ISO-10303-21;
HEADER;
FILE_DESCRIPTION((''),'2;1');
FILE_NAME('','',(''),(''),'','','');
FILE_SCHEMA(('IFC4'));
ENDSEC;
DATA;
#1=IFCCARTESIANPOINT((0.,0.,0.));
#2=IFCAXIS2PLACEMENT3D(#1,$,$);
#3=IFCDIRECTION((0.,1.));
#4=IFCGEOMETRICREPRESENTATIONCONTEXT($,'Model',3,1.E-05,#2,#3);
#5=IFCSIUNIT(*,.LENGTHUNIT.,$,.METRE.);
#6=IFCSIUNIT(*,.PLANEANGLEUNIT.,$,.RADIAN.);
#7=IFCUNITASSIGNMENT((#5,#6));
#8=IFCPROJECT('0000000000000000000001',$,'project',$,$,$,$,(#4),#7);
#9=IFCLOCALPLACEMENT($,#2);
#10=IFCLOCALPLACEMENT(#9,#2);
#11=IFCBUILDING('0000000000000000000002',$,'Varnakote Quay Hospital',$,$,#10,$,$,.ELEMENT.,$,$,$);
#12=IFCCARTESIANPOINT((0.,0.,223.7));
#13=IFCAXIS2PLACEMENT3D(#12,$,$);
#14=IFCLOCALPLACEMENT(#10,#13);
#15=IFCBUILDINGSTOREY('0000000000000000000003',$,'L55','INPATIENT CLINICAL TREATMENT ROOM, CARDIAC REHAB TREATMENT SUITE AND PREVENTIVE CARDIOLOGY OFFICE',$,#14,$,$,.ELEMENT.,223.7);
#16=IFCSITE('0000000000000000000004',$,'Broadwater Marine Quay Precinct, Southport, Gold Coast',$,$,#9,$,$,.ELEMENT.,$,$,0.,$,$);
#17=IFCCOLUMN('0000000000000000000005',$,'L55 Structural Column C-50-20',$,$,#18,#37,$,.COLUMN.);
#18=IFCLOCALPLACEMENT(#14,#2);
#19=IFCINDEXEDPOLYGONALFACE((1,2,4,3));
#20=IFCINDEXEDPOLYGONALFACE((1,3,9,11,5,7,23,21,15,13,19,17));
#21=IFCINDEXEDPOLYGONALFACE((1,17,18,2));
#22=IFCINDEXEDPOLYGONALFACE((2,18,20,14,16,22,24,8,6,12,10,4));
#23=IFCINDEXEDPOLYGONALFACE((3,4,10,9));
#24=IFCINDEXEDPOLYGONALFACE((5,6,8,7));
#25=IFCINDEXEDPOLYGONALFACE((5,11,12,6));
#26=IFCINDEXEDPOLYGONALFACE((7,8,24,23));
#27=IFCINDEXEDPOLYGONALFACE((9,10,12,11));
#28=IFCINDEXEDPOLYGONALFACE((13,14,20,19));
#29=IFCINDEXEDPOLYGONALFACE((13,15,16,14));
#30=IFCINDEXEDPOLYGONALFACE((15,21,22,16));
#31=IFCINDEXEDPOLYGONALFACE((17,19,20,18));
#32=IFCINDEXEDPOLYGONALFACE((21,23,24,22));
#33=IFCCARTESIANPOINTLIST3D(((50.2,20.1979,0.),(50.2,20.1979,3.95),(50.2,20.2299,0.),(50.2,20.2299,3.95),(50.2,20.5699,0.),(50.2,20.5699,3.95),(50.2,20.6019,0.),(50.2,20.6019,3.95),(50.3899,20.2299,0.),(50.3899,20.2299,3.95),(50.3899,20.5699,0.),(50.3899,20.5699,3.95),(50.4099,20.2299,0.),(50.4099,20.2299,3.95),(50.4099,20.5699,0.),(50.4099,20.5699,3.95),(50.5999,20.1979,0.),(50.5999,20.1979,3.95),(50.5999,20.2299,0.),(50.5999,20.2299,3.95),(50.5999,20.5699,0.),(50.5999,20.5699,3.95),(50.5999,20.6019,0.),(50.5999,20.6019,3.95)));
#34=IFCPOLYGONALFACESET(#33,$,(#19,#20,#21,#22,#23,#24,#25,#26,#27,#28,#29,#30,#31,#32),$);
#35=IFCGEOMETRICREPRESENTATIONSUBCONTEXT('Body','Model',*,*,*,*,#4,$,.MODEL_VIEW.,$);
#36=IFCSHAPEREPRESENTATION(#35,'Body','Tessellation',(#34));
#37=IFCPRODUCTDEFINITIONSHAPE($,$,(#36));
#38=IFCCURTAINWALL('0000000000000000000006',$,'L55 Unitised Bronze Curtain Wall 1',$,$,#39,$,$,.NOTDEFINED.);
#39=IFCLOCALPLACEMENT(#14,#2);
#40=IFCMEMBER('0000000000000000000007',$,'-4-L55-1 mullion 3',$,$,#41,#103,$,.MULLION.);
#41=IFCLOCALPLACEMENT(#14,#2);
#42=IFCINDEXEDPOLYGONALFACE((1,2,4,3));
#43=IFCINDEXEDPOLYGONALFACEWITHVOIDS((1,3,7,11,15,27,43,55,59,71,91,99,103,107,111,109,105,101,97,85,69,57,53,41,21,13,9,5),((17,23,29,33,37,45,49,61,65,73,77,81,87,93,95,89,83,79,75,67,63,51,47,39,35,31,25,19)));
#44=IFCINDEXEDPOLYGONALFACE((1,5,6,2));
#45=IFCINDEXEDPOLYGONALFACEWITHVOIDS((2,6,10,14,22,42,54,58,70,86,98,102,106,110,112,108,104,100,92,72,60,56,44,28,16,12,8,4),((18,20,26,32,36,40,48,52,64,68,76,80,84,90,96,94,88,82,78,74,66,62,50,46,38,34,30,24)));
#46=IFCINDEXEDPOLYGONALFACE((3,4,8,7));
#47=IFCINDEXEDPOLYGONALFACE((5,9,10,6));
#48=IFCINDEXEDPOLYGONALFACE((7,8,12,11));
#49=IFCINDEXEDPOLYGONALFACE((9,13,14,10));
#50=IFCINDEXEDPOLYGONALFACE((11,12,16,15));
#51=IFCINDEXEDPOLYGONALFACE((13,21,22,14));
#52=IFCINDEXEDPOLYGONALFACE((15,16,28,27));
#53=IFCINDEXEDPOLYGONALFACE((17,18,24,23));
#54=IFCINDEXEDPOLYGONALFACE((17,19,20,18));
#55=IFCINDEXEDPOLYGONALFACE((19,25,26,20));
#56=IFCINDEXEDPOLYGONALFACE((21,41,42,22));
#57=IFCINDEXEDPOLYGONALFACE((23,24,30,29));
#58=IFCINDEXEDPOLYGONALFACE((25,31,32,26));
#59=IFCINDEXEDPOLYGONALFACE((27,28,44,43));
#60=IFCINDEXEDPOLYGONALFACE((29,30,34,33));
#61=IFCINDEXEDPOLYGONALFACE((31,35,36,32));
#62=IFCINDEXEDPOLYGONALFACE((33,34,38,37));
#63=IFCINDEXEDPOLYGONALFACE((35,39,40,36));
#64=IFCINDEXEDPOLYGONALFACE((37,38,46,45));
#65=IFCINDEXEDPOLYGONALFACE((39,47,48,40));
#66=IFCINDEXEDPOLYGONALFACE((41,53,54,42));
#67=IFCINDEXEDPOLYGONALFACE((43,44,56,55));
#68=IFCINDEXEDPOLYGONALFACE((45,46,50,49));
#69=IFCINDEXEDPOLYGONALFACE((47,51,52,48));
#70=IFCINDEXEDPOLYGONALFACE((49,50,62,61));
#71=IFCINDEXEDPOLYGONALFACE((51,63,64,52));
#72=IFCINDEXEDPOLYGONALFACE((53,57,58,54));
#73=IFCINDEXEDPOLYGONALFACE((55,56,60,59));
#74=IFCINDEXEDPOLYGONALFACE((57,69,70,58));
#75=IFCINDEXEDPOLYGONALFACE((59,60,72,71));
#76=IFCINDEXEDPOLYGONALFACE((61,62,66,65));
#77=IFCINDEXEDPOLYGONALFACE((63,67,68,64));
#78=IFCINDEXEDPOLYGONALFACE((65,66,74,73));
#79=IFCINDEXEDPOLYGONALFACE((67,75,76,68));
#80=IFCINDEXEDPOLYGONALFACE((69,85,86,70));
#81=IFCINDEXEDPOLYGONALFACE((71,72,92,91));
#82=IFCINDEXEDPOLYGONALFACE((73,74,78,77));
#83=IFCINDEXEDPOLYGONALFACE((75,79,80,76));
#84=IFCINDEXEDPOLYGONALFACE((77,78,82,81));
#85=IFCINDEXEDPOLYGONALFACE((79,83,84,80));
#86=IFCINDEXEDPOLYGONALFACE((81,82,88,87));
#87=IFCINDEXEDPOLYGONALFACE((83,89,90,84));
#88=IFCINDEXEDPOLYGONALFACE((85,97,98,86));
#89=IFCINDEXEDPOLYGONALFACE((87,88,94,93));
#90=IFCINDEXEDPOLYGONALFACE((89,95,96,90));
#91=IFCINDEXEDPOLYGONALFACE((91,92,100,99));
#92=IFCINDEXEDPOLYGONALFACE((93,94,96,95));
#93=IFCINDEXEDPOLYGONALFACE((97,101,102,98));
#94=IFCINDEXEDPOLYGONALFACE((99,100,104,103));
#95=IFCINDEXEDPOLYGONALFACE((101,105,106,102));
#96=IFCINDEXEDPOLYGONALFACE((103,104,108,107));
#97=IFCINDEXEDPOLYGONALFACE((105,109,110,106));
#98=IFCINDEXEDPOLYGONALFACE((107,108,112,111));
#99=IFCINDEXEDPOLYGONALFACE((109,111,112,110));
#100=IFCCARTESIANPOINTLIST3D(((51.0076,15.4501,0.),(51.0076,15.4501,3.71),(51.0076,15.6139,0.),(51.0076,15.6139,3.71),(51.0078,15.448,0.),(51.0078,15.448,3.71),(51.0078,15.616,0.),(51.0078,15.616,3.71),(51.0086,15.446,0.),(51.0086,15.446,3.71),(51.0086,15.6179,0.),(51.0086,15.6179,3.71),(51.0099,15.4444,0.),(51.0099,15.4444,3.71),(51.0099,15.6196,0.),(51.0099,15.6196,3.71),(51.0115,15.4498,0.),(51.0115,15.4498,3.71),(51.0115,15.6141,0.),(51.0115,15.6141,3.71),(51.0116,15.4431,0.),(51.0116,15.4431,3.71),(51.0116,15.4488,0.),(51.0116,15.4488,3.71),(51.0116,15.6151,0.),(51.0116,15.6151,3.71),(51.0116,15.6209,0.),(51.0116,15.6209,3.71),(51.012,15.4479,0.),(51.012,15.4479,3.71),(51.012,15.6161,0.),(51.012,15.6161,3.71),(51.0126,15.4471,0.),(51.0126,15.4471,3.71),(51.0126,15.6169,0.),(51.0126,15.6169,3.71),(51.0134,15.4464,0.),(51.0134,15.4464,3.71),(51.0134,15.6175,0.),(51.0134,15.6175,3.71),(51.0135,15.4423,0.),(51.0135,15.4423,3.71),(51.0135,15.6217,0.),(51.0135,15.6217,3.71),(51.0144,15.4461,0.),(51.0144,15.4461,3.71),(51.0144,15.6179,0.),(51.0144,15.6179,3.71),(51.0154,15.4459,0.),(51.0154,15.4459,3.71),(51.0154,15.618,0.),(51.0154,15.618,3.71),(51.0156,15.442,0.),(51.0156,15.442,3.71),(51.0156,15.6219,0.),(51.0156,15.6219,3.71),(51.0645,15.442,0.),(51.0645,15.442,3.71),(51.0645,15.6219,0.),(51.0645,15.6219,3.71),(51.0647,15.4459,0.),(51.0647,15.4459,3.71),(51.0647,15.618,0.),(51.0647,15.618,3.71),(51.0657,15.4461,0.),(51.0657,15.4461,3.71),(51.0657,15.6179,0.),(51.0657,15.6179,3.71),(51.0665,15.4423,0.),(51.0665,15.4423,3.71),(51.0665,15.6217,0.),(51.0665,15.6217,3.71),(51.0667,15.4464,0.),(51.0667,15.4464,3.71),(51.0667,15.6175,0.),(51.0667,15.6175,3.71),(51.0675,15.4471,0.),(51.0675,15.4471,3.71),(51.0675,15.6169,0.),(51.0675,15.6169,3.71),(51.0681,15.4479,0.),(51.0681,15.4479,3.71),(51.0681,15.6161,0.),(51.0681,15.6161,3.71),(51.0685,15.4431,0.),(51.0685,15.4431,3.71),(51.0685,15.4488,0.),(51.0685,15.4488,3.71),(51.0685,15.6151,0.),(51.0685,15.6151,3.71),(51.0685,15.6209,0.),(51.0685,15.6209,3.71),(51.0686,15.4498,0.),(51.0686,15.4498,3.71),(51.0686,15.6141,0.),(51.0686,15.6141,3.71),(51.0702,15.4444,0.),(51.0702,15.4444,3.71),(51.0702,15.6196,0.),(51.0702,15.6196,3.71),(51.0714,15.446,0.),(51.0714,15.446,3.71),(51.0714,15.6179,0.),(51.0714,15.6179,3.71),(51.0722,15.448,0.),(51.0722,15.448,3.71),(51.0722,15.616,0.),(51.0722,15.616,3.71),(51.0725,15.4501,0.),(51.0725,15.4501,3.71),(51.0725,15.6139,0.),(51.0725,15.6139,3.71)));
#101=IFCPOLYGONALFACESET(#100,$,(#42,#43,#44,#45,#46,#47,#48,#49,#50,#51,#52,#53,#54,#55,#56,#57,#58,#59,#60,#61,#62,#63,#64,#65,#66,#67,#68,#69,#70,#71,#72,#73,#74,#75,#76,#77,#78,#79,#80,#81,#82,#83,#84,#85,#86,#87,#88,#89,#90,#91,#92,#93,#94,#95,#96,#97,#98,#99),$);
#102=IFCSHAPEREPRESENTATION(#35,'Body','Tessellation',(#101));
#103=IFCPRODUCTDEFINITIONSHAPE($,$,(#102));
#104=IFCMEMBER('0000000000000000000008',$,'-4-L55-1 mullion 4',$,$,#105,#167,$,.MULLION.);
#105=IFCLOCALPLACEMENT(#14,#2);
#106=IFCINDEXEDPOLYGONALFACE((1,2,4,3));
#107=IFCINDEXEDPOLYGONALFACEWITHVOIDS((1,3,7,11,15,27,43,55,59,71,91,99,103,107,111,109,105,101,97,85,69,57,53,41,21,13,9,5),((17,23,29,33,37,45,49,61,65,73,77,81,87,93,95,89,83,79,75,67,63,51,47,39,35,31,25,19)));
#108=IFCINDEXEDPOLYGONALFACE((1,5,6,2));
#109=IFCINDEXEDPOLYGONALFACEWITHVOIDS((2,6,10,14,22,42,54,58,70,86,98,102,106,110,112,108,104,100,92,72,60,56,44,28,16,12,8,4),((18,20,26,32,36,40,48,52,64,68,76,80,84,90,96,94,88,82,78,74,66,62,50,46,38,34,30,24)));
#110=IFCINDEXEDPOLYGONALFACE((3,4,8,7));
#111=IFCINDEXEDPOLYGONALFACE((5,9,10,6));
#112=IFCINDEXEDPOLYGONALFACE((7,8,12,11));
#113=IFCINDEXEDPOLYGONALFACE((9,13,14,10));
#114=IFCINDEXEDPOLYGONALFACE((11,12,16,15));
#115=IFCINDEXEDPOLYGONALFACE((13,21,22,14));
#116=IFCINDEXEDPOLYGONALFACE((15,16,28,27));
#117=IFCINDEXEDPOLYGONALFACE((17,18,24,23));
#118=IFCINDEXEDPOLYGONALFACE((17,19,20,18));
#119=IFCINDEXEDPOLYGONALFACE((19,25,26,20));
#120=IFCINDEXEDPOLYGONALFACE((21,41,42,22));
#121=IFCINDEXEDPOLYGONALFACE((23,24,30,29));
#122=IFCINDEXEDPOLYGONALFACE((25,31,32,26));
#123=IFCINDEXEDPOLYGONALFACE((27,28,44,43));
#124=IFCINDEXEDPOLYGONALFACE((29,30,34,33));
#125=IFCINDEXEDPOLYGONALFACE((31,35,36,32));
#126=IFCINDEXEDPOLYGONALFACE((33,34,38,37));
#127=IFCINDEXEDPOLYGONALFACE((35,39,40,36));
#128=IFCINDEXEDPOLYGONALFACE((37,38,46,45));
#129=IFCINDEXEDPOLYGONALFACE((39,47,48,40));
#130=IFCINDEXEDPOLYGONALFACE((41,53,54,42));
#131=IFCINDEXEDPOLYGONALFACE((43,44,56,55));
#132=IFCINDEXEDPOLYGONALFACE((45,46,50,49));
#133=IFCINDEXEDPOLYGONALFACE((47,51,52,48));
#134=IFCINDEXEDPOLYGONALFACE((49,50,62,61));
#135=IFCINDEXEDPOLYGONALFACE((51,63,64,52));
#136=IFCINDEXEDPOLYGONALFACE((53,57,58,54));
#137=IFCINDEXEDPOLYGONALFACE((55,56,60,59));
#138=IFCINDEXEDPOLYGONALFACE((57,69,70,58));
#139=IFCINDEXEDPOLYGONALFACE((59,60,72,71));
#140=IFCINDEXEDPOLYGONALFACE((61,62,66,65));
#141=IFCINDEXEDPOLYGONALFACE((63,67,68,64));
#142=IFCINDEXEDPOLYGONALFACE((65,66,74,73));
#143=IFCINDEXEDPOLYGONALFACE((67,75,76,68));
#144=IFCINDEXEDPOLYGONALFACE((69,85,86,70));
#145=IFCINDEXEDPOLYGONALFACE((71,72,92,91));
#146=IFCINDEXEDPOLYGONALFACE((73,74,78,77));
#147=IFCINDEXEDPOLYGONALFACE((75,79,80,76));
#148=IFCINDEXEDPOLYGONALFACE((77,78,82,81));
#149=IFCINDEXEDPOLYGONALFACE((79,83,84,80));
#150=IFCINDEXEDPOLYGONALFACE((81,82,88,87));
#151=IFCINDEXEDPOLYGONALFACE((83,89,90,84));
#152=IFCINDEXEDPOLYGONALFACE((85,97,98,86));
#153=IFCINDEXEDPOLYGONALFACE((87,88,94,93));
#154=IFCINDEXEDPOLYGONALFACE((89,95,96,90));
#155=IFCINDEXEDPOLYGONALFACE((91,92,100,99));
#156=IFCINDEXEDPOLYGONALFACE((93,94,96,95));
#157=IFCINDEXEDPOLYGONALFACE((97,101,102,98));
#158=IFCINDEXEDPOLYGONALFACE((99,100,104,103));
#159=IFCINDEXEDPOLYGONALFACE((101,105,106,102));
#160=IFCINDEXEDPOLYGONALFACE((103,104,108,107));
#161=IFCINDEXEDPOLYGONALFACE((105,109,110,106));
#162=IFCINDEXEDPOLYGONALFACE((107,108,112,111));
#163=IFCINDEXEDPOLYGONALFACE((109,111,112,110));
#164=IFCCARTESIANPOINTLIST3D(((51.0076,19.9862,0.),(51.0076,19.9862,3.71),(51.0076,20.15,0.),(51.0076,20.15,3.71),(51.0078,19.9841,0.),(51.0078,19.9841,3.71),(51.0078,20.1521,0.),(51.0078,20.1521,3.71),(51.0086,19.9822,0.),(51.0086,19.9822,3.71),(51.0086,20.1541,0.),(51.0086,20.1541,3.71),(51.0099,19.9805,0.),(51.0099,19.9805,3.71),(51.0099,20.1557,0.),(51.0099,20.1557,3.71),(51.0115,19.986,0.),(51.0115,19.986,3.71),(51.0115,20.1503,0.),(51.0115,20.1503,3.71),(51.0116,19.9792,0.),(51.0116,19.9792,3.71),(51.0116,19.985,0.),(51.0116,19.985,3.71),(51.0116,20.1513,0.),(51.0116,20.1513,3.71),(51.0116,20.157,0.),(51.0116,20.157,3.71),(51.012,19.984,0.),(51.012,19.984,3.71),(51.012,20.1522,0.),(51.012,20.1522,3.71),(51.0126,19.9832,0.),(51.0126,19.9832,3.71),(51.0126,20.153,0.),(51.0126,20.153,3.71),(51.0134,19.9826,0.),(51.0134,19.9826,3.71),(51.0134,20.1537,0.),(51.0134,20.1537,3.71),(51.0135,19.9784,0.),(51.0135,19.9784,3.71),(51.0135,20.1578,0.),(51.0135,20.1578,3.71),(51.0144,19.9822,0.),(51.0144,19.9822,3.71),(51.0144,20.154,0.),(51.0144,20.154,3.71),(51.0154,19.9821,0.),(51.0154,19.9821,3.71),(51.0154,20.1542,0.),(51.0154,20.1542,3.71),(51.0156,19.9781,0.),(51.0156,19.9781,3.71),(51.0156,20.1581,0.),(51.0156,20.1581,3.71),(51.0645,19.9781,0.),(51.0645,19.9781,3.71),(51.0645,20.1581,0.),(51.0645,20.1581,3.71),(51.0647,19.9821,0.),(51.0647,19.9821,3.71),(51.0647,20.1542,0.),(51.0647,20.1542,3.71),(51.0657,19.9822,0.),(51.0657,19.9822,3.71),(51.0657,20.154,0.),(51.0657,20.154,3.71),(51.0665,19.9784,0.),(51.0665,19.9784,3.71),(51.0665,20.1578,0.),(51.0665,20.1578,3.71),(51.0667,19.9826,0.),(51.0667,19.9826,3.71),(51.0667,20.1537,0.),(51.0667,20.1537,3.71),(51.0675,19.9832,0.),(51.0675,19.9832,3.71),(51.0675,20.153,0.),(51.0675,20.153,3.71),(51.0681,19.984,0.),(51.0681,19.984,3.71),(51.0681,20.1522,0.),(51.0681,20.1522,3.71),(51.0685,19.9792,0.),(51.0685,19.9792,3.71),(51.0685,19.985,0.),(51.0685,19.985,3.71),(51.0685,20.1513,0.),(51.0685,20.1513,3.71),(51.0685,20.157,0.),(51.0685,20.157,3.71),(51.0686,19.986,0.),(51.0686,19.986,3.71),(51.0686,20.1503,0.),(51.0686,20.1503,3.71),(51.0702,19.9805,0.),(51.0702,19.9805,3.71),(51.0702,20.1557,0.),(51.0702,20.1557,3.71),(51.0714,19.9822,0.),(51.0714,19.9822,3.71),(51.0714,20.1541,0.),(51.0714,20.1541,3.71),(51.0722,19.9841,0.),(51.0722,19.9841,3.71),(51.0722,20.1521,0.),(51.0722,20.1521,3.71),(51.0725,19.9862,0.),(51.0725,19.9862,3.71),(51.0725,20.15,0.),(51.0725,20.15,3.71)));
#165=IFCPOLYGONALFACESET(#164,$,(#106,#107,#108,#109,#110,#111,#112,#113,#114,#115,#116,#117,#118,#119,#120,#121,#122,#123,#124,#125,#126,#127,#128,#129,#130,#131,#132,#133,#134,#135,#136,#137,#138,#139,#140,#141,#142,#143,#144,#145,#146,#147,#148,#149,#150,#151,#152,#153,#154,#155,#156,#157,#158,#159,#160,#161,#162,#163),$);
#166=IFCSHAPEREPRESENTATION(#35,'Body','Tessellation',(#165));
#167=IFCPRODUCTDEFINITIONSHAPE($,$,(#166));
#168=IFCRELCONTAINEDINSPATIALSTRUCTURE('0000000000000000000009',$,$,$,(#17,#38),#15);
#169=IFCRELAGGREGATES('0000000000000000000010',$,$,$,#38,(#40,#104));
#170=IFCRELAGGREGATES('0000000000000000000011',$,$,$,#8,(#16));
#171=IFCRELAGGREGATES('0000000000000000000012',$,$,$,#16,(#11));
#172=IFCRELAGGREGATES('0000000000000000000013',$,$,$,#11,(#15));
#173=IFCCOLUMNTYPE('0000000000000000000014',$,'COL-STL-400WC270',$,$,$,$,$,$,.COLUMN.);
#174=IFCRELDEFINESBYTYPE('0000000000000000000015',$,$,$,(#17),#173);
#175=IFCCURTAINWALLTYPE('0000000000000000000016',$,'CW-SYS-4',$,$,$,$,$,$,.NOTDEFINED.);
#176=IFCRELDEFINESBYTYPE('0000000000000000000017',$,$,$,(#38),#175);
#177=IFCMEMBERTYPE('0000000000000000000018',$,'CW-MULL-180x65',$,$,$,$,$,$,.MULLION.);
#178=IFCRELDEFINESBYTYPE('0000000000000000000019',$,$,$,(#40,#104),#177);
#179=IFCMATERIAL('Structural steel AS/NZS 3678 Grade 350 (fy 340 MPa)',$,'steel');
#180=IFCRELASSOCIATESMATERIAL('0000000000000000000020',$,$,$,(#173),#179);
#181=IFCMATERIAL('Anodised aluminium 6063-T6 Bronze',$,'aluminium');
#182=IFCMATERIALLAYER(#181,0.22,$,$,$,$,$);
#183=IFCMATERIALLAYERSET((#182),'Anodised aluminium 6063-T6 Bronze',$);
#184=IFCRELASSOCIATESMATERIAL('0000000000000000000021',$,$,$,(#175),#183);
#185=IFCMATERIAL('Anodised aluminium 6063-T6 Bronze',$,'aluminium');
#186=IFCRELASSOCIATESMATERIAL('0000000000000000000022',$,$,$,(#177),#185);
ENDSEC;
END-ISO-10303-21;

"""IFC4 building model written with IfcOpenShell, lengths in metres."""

from ifc_helpers import new_model, si_unit, direction, frame, origin, origin_2d, place, context, subcontext, project, spatial, hollow_rectangle, i_section, extrude, material, layer, layer_set, material_profile, profile_set, type_object, element, aggregate, save


model = new_model("IFC4")

# Units and contexts
model_context = context("Model", 3, precision=1e-05, world=origin(), true_north=direction((0.0, 1.0)))
body_context = subcontext(model_context, "Body", "Model", "MODEL_VIEW")
ifc_project = project(units=[si_unit("LENGTHUNIT", "METRE"), si_unit("PLANEANGLEUNIT", "RADIAN")], contexts=[model_context])

# Site, building, storey
site_placement = place(None, origin())
site = spatial("IfcSite", under=ifc_project, at=site_placement, Name="Broadwater Marine Quay Precinct, Southport, Gold Coast", CompositionType="ELEMENT", RefElevation=0.0)
building_placement = place(site_placement, origin())
building = spatial("IfcBuilding", under=site, at=building_placement, Name="Varnakote Quay Hospital", CompositionType="ELEMENT")
storey_placement = place(building_placement, frame((0.0, 0.0, 223.7)))
storey = spatial("IfcBuildingStorey", under=building, at=storey_placement, Name="L55", Description="INPATIENT CLINICAL TREATMENT ROOM, CARDIAC REHAB TREATMENT SUITE AND PREVENTIVE CARDIOLOGY OFFICE", CompositionType="ELEMENT", Elevation=223.7)

# Column
ifc_material_1 = material(Name="Structural steel AS/NZS 3678 Grade 350 (fy 340 MPa)", Category="steel")
ifc_material_profile_1 = material_profile(ifc_material_1, i_section(OverallWidth=0.3999, OverallDepth=0.4041, WebThickness=0.02, FlangeThickness=0.032, at=origin_2d()), Name="400WC270")
ifc_profile_set_1 = profile_set([ifc_material_profile_1], Name="Structural steel AS/NZS 3678 Grade 350 (fy 340 MPa)")
column_type = type_object("IfcColumnType", Name="COL-STL-400WC270", PredefinedType="COLUMN", material=ifc_profile_set_1)
column_placement = place(storey_placement, frame((50.3999, 20.3999, 0.0), z_axis=(0.0, 0.0, 1.0), x_axis=(1.0, 0.0, 0.0)))
element("IfcColumn", 1, at=column_placement, inside=storey, type_object=column_type, Name="L55 Structural Column C-50-20", PredefinedType="COLUMN", context=body_context, shape_type="SweptSolid", body=[
    extrude(i_section(OverallWidth=0.3999, OverallDepth=0.4041, WebThickness=0.02, FlangeThickness=0.032, at=origin_2d()), origin(), (0.0, 0.0, 1.0), 3.95),
])

# Curtain wall, members
ifc_material_2 = material(Name="Anodised aluminium 6063-T6 Bronze", Category="aluminium")
ifc_layer_1 = layer(ifc_material_2, 0.22)
ifc_layer_set_1 = layer_set([ifc_layer_1], Name="Anodised aluminium 6063-T6 Bronze")
curtain_wall_type = type_object("IfcCurtainWallType", Name="CW-SYS-4", PredefinedType="NOTDEFINED", material=ifc_layer_set_1)
curtain_wall_placement = place(storey_placement, origin())
curtain_wall = element("IfcCurtainWall", 2, at=curtain_wall_placement, inside=storey, type_object=curtain_wall_type, Name="L55 Unitised Bronze Curtain Wall 1", PredefinedType="NOTDEFINED")
ifc_material_3 = material(Name="Anodised aluminium 6063-T6 Bronze", Category="aluminium")
ifc_material_profile_2 = material_profile(ifc_material_3, hollow_rectangle(XDim=0.0649, YDim=0.1799, WallThickness=0.0039, InnerFilletRadius=0.0039, OuterFilletRadius=0.0081, at=origin_2d()), Name="CW-MULL-180x65")
ifc_profile_set_2 = profile_set([ifc_material_profile_2], Name="Anodised aluminium 6063-T6 Bronze")
member_type_1 = type_object("IfcMemberType", Name="CW-MULL-180x65", PredefinedType="MULLION", material=ifc_profile_set_2)
member_1_placement = place(storey_placement, frame((51.04, 15.532, 0.0), z_axis=(0.0, 0.0, 1.0), x_axis=(-1.0, 0.0, 0.0)))
member_1 = element("IfcMember", 3, at=member_1_placement, type_object=member_type_1, Name="-4-L55-1 mullion 3", PredefinedType="MULLION", context=body_context, shape_type="SweptSolid", body=[
    extrude(hollow_rectangle(XDim=0.0649, YDim=0.1799, WallThickness=0.0039, InnerFilletRadius=0.0039, OuterFilletRadius=0.0081, at=origin_2d()), origin(), (0.0, 0.0, 1.0), 3.71),
])
member_2_placement = place(storey_placement, frame((51.04, 20.0681, 0.0), z_axis=(0.0, 0.0, 1.0), x_axis=(-1.0, 0.0, 0.0)))
member_2 = element("IfcMember", 4, at=member_2_placement, type_object=member_type_1, Name="-4-L55-1 mullion 4", PredefinedType="MULLION", context=body_context, shape_type="SweptSolid", body=[
    extrude(hollow_rectangle(XDim=0.0649, YDim=0.1799, WallThickness=0.0039, InnerFilletRadius=0.0039, OuterFilletRadius=0.0081, at=origin_2d()), origin(), (0.0, 0.0, 1.0), 3.71),
])
aggregate(curtain_wall, [member_1, member_2])

save(model, "model.ifc")
